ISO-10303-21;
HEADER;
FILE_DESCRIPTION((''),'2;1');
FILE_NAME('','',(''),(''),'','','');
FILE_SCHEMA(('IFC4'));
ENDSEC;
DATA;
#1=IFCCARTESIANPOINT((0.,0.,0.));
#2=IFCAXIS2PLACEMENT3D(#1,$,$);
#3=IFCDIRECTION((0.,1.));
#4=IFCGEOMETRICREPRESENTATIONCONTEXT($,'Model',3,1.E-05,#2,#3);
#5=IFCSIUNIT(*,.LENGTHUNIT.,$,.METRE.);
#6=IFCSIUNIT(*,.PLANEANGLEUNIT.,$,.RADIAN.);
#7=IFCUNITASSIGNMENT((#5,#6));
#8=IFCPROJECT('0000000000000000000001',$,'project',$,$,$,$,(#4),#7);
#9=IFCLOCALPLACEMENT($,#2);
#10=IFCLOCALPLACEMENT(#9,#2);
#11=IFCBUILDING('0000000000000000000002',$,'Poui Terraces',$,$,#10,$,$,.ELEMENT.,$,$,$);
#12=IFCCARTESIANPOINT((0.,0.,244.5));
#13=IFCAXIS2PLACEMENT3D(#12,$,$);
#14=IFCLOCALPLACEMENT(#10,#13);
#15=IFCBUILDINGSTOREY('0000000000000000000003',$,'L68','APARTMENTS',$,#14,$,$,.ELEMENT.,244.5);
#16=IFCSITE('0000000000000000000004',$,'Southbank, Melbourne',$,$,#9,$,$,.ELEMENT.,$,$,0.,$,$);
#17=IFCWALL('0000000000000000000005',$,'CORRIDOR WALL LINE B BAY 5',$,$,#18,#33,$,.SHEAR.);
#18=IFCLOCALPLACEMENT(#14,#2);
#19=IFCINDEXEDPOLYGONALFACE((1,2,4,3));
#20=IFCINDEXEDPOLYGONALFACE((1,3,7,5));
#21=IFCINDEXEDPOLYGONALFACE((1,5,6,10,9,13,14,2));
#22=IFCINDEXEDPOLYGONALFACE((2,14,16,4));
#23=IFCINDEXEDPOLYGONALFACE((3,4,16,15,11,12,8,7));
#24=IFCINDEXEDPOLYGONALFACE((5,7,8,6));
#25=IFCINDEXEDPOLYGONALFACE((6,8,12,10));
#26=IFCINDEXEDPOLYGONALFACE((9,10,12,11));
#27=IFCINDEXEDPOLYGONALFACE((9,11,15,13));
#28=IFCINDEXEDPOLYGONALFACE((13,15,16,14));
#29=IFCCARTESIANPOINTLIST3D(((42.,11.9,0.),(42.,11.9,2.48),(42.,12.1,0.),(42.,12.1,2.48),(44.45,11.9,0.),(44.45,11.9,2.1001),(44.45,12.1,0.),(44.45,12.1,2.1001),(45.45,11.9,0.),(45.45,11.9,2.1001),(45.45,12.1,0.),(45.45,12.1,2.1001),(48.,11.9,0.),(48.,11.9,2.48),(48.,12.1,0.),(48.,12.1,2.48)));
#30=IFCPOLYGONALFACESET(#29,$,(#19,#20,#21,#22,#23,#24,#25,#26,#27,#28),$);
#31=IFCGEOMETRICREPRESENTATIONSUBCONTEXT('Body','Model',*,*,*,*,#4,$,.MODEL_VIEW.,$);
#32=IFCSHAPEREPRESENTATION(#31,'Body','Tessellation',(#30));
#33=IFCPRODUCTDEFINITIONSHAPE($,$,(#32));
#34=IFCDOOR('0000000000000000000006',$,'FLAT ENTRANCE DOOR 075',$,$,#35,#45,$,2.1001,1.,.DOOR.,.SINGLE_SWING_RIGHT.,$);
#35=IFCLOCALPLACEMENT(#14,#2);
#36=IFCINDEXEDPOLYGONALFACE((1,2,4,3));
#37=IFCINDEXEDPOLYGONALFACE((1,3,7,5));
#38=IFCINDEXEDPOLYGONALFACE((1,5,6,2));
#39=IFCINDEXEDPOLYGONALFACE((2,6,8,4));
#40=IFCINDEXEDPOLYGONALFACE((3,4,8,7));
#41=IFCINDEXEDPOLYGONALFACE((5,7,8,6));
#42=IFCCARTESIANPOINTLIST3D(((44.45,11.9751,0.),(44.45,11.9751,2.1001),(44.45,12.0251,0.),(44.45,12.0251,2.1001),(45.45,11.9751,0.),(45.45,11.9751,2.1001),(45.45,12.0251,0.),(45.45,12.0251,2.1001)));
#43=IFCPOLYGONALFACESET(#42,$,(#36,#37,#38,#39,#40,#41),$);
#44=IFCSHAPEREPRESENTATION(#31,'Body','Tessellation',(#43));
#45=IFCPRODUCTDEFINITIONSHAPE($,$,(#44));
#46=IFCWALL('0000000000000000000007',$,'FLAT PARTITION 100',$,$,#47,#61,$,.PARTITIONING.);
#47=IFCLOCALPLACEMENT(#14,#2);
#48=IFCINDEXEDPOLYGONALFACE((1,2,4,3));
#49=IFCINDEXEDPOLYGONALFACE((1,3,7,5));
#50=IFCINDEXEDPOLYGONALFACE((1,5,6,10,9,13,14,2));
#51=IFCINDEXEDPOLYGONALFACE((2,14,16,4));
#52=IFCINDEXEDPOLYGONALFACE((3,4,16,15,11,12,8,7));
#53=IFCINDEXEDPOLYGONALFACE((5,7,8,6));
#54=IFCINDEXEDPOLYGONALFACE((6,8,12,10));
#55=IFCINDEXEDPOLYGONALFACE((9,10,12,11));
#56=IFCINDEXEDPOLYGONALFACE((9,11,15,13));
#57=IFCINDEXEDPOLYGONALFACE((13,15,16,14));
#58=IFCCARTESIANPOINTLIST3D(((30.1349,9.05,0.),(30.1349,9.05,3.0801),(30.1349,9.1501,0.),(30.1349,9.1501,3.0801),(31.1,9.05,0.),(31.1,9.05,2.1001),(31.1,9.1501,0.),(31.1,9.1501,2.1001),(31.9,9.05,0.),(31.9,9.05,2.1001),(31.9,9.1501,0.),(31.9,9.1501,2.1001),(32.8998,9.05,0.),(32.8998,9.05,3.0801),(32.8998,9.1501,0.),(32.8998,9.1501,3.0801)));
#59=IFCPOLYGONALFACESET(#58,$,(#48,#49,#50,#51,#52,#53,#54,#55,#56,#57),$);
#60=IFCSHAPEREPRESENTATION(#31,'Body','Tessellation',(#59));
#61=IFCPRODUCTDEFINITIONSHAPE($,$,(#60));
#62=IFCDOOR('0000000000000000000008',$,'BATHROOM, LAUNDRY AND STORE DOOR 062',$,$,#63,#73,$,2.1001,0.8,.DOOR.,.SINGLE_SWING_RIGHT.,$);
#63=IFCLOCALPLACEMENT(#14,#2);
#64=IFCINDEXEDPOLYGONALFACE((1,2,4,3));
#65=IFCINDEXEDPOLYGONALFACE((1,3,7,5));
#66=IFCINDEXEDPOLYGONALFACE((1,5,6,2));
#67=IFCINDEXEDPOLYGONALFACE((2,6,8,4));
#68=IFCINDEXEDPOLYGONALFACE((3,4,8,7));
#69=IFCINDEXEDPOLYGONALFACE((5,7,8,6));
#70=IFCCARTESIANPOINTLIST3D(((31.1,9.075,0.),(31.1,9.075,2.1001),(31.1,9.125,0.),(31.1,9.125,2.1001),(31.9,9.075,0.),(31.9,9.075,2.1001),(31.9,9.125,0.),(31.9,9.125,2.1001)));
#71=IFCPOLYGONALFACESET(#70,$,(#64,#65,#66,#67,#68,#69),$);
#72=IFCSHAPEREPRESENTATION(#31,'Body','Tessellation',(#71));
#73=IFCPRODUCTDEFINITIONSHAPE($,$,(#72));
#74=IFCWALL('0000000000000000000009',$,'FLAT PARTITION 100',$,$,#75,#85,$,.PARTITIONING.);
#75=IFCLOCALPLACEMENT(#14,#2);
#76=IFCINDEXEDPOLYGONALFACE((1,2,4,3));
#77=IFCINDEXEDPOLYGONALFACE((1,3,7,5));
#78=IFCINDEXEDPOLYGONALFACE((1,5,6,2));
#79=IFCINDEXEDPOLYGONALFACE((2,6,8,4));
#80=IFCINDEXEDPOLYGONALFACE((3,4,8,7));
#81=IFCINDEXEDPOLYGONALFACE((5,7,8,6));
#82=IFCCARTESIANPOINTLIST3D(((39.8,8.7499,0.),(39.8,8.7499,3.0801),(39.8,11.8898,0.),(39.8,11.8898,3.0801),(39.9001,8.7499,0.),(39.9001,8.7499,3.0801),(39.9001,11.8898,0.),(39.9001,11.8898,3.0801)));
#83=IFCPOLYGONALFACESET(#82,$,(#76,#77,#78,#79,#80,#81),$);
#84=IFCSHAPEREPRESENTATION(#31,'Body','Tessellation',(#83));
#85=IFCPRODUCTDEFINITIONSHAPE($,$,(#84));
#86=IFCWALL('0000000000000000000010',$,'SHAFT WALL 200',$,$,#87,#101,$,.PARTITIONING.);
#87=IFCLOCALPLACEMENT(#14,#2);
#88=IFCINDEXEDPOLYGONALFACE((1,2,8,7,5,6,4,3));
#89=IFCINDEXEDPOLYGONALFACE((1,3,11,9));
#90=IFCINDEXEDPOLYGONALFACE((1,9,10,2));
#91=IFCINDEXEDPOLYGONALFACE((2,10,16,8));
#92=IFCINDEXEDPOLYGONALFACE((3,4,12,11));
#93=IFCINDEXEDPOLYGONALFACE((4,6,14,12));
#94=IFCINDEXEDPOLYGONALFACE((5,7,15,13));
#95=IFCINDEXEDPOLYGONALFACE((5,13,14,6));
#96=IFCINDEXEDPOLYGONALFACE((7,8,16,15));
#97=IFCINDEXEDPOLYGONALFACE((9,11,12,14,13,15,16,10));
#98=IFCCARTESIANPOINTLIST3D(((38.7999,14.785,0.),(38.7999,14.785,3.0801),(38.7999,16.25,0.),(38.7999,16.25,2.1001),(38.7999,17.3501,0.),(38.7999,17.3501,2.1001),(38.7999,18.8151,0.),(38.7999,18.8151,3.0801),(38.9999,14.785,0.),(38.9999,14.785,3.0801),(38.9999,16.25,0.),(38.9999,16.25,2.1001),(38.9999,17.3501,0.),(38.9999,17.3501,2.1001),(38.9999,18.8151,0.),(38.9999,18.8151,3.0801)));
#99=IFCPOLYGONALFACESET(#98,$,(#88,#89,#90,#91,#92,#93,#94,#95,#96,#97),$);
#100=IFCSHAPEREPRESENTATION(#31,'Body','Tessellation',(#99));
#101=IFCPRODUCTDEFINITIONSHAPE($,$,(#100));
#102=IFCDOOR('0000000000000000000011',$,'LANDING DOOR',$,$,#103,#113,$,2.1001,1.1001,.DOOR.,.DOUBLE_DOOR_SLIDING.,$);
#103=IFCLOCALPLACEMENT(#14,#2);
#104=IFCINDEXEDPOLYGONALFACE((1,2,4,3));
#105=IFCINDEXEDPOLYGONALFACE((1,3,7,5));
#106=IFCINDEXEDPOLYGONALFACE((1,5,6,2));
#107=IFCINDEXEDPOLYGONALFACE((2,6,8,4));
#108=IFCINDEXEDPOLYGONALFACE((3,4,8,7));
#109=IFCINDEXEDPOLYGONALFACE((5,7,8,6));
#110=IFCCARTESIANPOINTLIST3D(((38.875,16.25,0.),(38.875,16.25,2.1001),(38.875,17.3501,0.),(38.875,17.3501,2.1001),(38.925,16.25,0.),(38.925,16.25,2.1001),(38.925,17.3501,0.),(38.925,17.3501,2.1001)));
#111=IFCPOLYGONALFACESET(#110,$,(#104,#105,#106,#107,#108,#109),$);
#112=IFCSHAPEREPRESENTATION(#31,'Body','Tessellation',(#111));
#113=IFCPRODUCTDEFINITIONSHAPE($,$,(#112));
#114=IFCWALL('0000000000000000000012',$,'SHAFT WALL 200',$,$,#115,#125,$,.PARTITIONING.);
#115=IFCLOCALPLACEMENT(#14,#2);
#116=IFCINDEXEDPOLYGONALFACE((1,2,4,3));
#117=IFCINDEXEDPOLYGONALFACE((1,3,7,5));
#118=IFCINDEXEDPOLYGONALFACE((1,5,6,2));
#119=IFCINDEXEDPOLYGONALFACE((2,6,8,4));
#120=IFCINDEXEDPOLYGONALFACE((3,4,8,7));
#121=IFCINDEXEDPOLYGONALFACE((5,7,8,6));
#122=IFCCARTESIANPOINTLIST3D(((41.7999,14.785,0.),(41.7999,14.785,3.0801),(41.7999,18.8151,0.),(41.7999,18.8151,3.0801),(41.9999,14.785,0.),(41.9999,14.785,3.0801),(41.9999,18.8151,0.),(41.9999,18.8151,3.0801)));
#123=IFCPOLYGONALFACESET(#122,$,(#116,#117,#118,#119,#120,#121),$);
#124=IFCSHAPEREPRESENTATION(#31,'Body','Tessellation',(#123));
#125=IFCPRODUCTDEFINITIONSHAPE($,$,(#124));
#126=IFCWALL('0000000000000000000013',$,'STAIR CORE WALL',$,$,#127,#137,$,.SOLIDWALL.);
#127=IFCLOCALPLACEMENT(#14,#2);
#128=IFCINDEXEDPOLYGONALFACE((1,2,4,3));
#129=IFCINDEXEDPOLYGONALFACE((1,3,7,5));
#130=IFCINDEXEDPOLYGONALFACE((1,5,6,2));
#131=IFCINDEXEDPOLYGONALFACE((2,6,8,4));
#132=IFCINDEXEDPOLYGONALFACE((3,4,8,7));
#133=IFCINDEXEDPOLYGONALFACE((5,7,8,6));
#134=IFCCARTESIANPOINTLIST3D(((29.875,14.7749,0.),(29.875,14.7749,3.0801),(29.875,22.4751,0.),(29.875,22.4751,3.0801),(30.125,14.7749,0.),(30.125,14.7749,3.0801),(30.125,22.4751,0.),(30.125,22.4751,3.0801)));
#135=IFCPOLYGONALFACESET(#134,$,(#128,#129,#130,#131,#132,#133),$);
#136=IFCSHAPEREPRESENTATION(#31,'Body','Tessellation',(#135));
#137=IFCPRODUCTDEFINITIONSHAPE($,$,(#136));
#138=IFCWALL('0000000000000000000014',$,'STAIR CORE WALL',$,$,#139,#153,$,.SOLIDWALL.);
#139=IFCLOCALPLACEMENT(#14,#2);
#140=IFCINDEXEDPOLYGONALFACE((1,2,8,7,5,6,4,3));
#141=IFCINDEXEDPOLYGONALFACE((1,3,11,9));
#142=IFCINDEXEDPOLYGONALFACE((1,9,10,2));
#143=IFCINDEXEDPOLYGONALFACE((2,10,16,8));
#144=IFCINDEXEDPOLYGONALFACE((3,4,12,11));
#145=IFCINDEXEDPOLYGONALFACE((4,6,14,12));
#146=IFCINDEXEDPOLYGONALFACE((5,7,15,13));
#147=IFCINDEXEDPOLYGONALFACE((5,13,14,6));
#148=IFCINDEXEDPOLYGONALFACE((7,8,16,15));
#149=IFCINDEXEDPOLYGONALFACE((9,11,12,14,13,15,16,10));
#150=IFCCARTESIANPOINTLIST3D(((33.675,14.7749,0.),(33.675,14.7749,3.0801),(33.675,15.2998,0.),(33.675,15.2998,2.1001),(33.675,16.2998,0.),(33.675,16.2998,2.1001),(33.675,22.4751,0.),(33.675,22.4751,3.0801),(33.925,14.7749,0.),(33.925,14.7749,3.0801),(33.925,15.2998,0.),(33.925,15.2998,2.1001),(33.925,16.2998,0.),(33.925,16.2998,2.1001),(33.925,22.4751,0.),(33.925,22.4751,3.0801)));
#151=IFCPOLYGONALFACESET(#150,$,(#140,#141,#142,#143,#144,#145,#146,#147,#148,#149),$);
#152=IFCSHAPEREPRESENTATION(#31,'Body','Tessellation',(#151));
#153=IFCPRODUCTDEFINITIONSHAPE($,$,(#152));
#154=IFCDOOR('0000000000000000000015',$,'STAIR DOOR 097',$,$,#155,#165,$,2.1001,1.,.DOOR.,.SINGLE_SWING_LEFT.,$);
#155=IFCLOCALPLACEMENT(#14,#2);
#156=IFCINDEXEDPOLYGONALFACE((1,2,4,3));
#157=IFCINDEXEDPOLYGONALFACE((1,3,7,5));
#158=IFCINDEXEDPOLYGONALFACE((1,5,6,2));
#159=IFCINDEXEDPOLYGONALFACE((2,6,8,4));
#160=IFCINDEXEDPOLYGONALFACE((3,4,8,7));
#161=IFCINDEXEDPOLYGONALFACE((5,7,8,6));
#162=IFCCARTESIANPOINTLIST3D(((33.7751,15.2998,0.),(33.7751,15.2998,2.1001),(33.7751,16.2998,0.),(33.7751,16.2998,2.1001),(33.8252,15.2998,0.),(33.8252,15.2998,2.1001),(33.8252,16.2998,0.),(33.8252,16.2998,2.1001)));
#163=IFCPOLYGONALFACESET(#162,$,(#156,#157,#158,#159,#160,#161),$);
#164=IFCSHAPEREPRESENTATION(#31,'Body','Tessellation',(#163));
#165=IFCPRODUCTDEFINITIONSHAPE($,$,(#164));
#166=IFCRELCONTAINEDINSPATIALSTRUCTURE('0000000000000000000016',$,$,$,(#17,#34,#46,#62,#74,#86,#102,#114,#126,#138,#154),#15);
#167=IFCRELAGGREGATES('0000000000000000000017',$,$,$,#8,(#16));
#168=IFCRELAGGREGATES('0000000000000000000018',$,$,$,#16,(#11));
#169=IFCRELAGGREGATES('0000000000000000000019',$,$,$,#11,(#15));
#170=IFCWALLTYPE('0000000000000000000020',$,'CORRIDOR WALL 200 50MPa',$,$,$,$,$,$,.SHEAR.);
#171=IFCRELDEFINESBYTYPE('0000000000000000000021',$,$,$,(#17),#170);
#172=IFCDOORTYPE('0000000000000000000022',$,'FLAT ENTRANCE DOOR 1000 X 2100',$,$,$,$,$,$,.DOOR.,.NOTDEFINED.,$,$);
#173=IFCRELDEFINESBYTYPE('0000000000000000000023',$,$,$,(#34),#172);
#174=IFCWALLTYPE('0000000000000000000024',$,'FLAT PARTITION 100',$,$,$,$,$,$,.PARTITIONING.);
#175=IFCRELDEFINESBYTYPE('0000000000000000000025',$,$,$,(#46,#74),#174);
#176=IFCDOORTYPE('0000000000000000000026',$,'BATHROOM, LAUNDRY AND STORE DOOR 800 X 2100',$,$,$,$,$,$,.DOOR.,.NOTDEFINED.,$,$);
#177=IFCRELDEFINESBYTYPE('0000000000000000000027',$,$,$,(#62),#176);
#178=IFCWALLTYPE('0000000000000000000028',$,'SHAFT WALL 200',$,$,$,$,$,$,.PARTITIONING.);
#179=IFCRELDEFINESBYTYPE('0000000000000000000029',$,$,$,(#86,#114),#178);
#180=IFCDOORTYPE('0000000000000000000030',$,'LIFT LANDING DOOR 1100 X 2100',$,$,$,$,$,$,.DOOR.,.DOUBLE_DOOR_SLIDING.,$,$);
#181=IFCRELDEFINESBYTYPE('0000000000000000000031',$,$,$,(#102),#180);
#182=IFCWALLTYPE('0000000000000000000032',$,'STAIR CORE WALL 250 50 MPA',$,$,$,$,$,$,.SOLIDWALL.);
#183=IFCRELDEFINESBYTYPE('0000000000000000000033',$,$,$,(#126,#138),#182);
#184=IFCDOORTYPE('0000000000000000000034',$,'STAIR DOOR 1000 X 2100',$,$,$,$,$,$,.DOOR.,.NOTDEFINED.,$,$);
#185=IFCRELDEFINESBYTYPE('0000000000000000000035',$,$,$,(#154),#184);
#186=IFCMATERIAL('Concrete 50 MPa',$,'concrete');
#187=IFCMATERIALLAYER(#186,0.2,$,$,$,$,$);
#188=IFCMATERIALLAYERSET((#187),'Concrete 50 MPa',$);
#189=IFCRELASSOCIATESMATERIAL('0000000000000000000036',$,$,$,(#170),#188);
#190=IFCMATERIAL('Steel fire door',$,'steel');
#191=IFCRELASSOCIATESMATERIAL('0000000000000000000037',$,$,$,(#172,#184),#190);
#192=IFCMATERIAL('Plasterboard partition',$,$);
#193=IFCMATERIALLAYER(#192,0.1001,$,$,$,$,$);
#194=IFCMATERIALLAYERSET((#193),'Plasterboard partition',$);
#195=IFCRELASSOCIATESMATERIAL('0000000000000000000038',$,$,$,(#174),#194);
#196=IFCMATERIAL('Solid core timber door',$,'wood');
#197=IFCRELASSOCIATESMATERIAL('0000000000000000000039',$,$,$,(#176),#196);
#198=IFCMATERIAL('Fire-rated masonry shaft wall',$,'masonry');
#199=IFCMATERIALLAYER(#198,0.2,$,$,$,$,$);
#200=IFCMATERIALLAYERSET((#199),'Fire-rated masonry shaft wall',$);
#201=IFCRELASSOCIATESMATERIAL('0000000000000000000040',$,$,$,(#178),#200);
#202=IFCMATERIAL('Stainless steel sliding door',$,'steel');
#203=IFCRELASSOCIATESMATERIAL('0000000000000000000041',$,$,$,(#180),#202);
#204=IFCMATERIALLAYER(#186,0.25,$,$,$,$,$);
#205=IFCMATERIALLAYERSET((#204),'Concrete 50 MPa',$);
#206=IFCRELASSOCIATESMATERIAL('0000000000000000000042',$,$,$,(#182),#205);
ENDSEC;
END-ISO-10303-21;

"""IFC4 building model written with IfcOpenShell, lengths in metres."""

from ifc_helpers import new_model, si_unit, direction, frame, frame_2d, origin, place, context, subcontext, project, spatial, rectangle, extrude, material, layer, layer_set, type_object, element, fill, save


model = new_model("IFC4")

# Units and contexts
model_context = context("Model", 3, precision=1e-05, world=origin(), true_north=direction((0.0, 1.0)))
body_context = subcontext(model_context, "Body", "Model", "MODEL_VIEW")
ifc_project = project(units=[si_unit("LENGTHUNIT", "METRE"), si_unit("PLANEANGLEUNIT", "RADIAN")], contexts=[model_context])

# Site, building, storey
site_placement = place(None, origin())
site = spatial("IfcSite", under=ifc_project, at=site_placement, Name="Southbank, Melbourne", CompositionType="ELEMENT", RefElevation=0.0)
building_placement = place(site_placement, origin())
building = spatial("IfcBuilding", under=site, at=building_placement, Name="Poui Terraces", CompositionType="ELEMENT")
storey_placement = place(building_placement, frame((0.0, 0.0, 244.5)))
storey = spatial("IfcBuildingStorey", under=building, at=storey_placement, Name="L68", Description="APARTMENTS", CompositionType="ELEMENT", Elevation=244.5)

# Shared definitions
ifc_material_1 = material(Name="Concrete 50 MPa", Category="concrete")

# Shared definitions
ifc_material_2 = material(Name="Steel fire door", Category="steel")

# Shared definitions
ifc_layer_1 = layer(ifc_material_1, 0.2)
ifc_layer_set_1 = layer_set([ifc_layer_1], Name="Concrete 50 MPa")
wall_type_1 = type_object("IfcWallType", Name="CORRIDOR WALL 200 50MPa", PredefinedType="SHEAR", material=ifc_layer_set_1)

# Walls, openings, doors
door_type_1 = type_object("IfcDoorType", Name="FLAT ENTRANCE DOOR 1000 X 2100", OperationType="NOTDEFINED", PredefinedType="DOOR", material=ifc_material_2)
wall_1_placement = place(storey_placement, frame((42.0, 12.0, 0.0), z_axis=(0.0, 0.0, 1.0), x_axis=(1.0, 0.0, 0.0)))
wall_1 = element("IfcWall", 1, at=wall_1_placement, inside=storey, type_object=wall_type_1, Name="CORRIDOR WALL LINE B BAY 5", PredefinedType="SHEAR", context=body_context, shape_type="SweptSolid", body=[
    extrude(rectangle(XDim=6.0, YDim=0.2, at=frame_2d((3.0, 0.0))), origin(), (0.0, 0.0, 1.0), 2.48),
])
opening_1_placement = place(wall_1_placement, frame((2.45, 0.0, 0.0)))
opening_1 = element("IfcOpeningElement", 2, at=opening_1_placement, cuts=wall_1, PredefinedType="OPENING", context=body_context, shape_type="SweptSolid", body=[
    extrude(rectangle(XDim=1.0, YDim=2.1001, at=frame_2d((0.5, 1.05))), frame((0.0, 0.1099, 0.0), z_axis=(0.0, -1.0, 0.0), x_axis=(1.0, 0.0, 0.0)), (0.0, 0.0, 1.0), 0.22),
])
door_1_placement = place(opening_1_placement, frame((1.0, 0.0, 0.0), z_axis=(0.0, 0.0, 1.0), x_axis=(-1.0, 0.0, 0.0)))
door_1 = element("IfcDoor", 3, at=door_1_placement, inside=storey, type_object=door_type_1, Name="FLAT ENTRANCE DOOR 075", OperationType="SINGLE_SWING_RIGHT", OverallHeight=2.1001, OverallWidth=1.0, PredefinedType="DOOR", context=body_context, shape_type="SweptSolid", body=[
    extrude(rectangle(XDim=1.0, YDim=2.1001, at=frame_2d((0.5, 1.05))), frame((0.0, 0.0249, 0.0), z_axis=(0.0, -1.0, 0.0), x_axis=(1.0, 0.0, 0.0)), (0.0, 0.0, 1.0), 0.05),
])
fill(opening_1, door_1)
ifc_material_3 = material(Name="Plasterboard partition")
ifc_layer_2 = layer(ifc_material_3, 0.1001)
ifc_layer_set_2 = layer_set([ifc_layer_2], Name="Plasterboard partition")
wall_type_2 = type_object("IfcWallType", Name="FLAT PARTITION 100", PredefinedType="PARTITIONING", material=ifc_layer_set_2)
wall_2_placement = place(storey_placement, frame((30.135, 9.1001, 0.0), z_axis=(0.0, 0.0, 1.0), x_axis=(1.0, 0.0, 0.0)))
wall_2 = element("IfcWall", 4, at=wall_2_placement, inside=storey, type_object=wall_type_2, Name="FLAT PARTITION 100", PredefinedType="PARTITIONING", context=body_context, shape_type="SweptSolid", body=[
    extrude(rectangle(XDim=2.7649, YDim=0.1001, at=frame_2d((1.3823, 0.0))), origin(), (0.0, 0.0, 1.0), 3.0801),
])
opening_2_placement = place(wall_2_placement, frame((0.9651, 0.0, 0.0)))
opening_2 = element("IfcOpeningElement", 5, at=opening_2_placement, cuts=wall_2, PredefinedType="OPENING", context=body_context, shape_type="SweptSolid", body=[
    extrude(rectangle(XDim=0.8, YDim=2.1001, at=frame_2d((0.3999, 1.05))), frame((0.0, 0.0601, 0.0), z_axis=(0.0, -1.0, 0.0), x_axis=(1.0, 0.0, 0.0)), (0.0, 0.0, 1.0), 0.1201),
])
ifc_material_4 = material(Name="Solid core timber door", Category="wood")
door_type_2 = type_object("IfcDoorType", Name="BATHROOM, LAUNDRY AND STORE DOOR 800 X 2100", OperationType="NOTDEFINED", PredefinedType="DOOR", material=ifc_material_4)
door_2_placement = place(opening_2_placement, origin())
door_2 = element("IfcDoor", 6, at=door_2_placement, inside=storey, type_object=door_type_2, Name="BATHROOM, LAUNDRY AND STORE DOOR 062", OperationType="SINGLE_SWING_RIGHT", OverallHeight=2.1001, OverallWidth=0.8, PredefinedType="DOOR", context=body_context, shape_type="SweptSolid", body=[
    extrude(rectangle(XDim=0.8, YDim=2.1001, at=frame_2d((0.3999, 1.05))), frame((0.0, 0.0249, 0.0), z_axis=(0.0, -1.0, 0.0), x_axis=(1.0, 0.0, 0.0)), (0.0, 0.0, 1.0), 0.05),
])
fill(opening_2, door_2)

# Wall
wall_3_placement = place(storey_placement, frame((39.8501, 8.75, 0.0), z_axis=(0.0, 0.0, 1.0), x_axis=(0.0, 1.0, 0.0)))
element("IfcWall", 7, at=wall_3_placement, inside=storey, type_object=wall_type_2, Name="FLAT PARTITION 100", PredefinedType="PARTITIONING", context=body_context, shape_type="SweptSolid", body=[
    extrude(rectangle(XDim=3.1399, YDim=0.1001, at=frame_2d((1.5698, 0.0))), origin(), (0.0, 0.0, 1.0), 3.0801),
])

# Wall, opening, door
ifc_material_5 = material(Name="Fire-rated masonry shaft wall", Category="masonry")
ifc_layer_3 = layer(ifc_material_5, 0.2)
ifc_layer_set_3 = layer_set([ifc_layer_3], Name="Fire-rated masonry shaft wall")
wall_type_3 = type_object("IfcWallType", Name="SHAFT WALL 200", PredefinedType="PARTITIONING", material=ifc_layer_set_3)
wall_4_placement = place(storey_placement, frame((38.8999, 14.7849, 0.0), z_axis=(0.0, 0.0, 1.0), x_axis=(0.0, 1.0, 0.0)))
wall_4 = element("IfcWall", 8, at=wall_4_placement, inside=storey, type_object=wall_type_3, Name="SHAFT WALL 200", PredefinedType="PARTITIONING", context=body_context, shape_type="SweptSolid", body=[
    extrude(rectangle(XDim=4.03, YDim=0.2, at=frame_2d((2.0151, 0.0))), origin(), (0.0, 0.0, 1.0), 3.0801),
])
opening_3_placement = place(wall_4_placement, frame((1.4651, 0.0, 0.0)))
opening_3 = element("IfcOpeningElement", 9, at=opening_3_placement, cuts=wall_4, PredefinedType="OPENING", context=body_context, shape_type="SweptSolid", body=[
    extrude(rectangle(XDim=1.1001, YDim=2.1001, at=frame_2d((0.55, 1.05))), frame((0.0, 0.1099, 0.0), z_axis=(0.0, -1.0, 0.0), x_axis=(1.0, 0.0, 0.0)), (0.0, 0.0, 1.0), 0.22),
])
ifc_material_6 = material(Name="Stainless steel sliding door", Category="steel")
door_type_3 = type_object("IfcDoorType", Name="LIFT LANDING DOOR 1100 X 2100", OperationType="DOUBLE_DOOR_SLIDING", PredefinedType="DOOR", material=ifc_material_6)
door_3_placement = place(opening_3_placement, origin())
door_3 = element("IfcDoor", 10, at=door_3_placement, inside=storey, type_object=door_type_3, Name="LANDING DOOR", OperationType="DOUBLE_DOOR_SLIDING", OverallHeight=2.1001, OverallWidth=1.1001, PredefinedType="DOOR", context=body_context, shape_type="SweptSolid", body=[
    extrude(rectangle(XDim=1.1001, YDim=2.1001, at=frame_2d((0.55, 1.05))), frame((0.0, 0.0249, 0.0), z_axis=(0.0, -1.0, 0.0), x_axis=(1.0, 0.0, 0.0)), (0.0, 0.0, 1.0), 0.05),
])
fill(opening_3, door_3)

# Walls
wall_5_placement = place(storey_placement, frame((41.8999, 14.7849, 0.0), z_axis=(0.0, 0.0, 1.0), x_axis=(0.0, 1.0, 0.0)))
element("IfcWall", 11, at=wall_5_placement, inside=storey, type_object=wall_type_3, Name="SHAFT WALL 200", PredefinedType="PARTITIONING", context=body_context, shape_type="SweptSolid", body=[
    extrude(rectangle(XDim=4.03, YDim=0.2, at=frame_2d((2.0151, 0.0))), origin(), (0.0, 0.0, 1.0), 3.0801),
])
ifc_layer_4 = layer(ifc_material_1, 0.25)
ifc_layer_set_4 = layer_set([ifc_layer_4], Name="Concrete 50 MPa")
wall_type_4 = type_object("IfcWallType", Name="STAIR CORE WALL 250 50 MPA", PredefinedType="SOLIDWALL", material=ifc_layer_set_4)
wall_6_placement = place(storey_placement, frame((30.0, 14.7749, 0.0), z_axis=(0.0, 0.0, 1.0), x_axis=(0.0, 1.0, 0.0)))
element("IfcWall", 12, at=wall_6_placement, inside=storey, type_object=wall_type_4, Name="STAIR CORE WALL", PredefinedType="SOLIDWALL", context=body_context, shape_type="SweptSolid", body=[
    extrude(rectangle(XDim=7.7002, YDim=0.25, at=frame_2d((3.8501, 0.0))), origin(), (0.0, 0.0, 1.0), 3.0801),
])

# Wall, opening, door
wall_7_placement = place(storey_placement, frame((33.8, 14.7749, 0.0), z_axis=(0.0, 0.0, 1.0), x_axis=(0.0, 1.0, 0.0)))
wall_7 = element("IfcWall", 13, at=wall_7_placement, inside=storey, type_object=wall_type_4, Name="STAIR CORE WALL", PredefinedType="SOLIDWALL", context=body_context, shape_type="SweptSolid", body=[
    extrude(rectangle(XDim=7.7002, YDim=0.25, at=frame_2d((3.8501, 0.0))), origin(), (0.0, 0.0, 1.0), 3.0801),
])
opening_4_placement = place(wall_7_placement, frame((0.5249, 0.0, 0.0)))
opening_4 = element("IfcOpeningElement", 14, at=opening_4_placement, cuts=wall_7, PredefinedType="OPENING", context=body_context, shape_type="SweptSolid", body=[
    extrude(rectangle(XDim=1.0, YDim=2.1001, at=frame_2d((0.5, 1.05))), frame((0.0, 0.135, 0.0), z_axis=(0.0, -1.0, 0.0), x_axis=(1.0, 0.0, 0.0)), (0.0, 0.0, 1.0), 0.27),
])
door_type_4 = type_object("IfcDoorType", Name="STAIR DOOR 1000 X 2100", OperationType="NOTDEFINED", PredefinedType="DOOR", material=ifc_material_2)
door_4_placement = place(opening_4_placement, origin())
door_4 = element("IfcDoor", 15, at=door_4_placement, inside=storey, type_object=door_type_4, Name="STAIR DOOR 097", OperationType="SINGLE_SWING_LEFT", OverallHeight=2.1001, OverallWidth=1.0, PredefinedType="DOOR", context=body_context, shape_type="SweptSolid", body=[
    extrude(rectangle(XDim=1.0, YDim=2.1001, at=frame_2d((0.5, 1.05))), frame((0.0, 0.0249, 0.0), z_axis=(0.0, -1.0, 0.0), x_axis=(1.0, 0.0, 0.0)), (0.0, 0.0, 1.0), 0.05),
])
fill(opening_4, door_4)

save(model, "model.ifc")
